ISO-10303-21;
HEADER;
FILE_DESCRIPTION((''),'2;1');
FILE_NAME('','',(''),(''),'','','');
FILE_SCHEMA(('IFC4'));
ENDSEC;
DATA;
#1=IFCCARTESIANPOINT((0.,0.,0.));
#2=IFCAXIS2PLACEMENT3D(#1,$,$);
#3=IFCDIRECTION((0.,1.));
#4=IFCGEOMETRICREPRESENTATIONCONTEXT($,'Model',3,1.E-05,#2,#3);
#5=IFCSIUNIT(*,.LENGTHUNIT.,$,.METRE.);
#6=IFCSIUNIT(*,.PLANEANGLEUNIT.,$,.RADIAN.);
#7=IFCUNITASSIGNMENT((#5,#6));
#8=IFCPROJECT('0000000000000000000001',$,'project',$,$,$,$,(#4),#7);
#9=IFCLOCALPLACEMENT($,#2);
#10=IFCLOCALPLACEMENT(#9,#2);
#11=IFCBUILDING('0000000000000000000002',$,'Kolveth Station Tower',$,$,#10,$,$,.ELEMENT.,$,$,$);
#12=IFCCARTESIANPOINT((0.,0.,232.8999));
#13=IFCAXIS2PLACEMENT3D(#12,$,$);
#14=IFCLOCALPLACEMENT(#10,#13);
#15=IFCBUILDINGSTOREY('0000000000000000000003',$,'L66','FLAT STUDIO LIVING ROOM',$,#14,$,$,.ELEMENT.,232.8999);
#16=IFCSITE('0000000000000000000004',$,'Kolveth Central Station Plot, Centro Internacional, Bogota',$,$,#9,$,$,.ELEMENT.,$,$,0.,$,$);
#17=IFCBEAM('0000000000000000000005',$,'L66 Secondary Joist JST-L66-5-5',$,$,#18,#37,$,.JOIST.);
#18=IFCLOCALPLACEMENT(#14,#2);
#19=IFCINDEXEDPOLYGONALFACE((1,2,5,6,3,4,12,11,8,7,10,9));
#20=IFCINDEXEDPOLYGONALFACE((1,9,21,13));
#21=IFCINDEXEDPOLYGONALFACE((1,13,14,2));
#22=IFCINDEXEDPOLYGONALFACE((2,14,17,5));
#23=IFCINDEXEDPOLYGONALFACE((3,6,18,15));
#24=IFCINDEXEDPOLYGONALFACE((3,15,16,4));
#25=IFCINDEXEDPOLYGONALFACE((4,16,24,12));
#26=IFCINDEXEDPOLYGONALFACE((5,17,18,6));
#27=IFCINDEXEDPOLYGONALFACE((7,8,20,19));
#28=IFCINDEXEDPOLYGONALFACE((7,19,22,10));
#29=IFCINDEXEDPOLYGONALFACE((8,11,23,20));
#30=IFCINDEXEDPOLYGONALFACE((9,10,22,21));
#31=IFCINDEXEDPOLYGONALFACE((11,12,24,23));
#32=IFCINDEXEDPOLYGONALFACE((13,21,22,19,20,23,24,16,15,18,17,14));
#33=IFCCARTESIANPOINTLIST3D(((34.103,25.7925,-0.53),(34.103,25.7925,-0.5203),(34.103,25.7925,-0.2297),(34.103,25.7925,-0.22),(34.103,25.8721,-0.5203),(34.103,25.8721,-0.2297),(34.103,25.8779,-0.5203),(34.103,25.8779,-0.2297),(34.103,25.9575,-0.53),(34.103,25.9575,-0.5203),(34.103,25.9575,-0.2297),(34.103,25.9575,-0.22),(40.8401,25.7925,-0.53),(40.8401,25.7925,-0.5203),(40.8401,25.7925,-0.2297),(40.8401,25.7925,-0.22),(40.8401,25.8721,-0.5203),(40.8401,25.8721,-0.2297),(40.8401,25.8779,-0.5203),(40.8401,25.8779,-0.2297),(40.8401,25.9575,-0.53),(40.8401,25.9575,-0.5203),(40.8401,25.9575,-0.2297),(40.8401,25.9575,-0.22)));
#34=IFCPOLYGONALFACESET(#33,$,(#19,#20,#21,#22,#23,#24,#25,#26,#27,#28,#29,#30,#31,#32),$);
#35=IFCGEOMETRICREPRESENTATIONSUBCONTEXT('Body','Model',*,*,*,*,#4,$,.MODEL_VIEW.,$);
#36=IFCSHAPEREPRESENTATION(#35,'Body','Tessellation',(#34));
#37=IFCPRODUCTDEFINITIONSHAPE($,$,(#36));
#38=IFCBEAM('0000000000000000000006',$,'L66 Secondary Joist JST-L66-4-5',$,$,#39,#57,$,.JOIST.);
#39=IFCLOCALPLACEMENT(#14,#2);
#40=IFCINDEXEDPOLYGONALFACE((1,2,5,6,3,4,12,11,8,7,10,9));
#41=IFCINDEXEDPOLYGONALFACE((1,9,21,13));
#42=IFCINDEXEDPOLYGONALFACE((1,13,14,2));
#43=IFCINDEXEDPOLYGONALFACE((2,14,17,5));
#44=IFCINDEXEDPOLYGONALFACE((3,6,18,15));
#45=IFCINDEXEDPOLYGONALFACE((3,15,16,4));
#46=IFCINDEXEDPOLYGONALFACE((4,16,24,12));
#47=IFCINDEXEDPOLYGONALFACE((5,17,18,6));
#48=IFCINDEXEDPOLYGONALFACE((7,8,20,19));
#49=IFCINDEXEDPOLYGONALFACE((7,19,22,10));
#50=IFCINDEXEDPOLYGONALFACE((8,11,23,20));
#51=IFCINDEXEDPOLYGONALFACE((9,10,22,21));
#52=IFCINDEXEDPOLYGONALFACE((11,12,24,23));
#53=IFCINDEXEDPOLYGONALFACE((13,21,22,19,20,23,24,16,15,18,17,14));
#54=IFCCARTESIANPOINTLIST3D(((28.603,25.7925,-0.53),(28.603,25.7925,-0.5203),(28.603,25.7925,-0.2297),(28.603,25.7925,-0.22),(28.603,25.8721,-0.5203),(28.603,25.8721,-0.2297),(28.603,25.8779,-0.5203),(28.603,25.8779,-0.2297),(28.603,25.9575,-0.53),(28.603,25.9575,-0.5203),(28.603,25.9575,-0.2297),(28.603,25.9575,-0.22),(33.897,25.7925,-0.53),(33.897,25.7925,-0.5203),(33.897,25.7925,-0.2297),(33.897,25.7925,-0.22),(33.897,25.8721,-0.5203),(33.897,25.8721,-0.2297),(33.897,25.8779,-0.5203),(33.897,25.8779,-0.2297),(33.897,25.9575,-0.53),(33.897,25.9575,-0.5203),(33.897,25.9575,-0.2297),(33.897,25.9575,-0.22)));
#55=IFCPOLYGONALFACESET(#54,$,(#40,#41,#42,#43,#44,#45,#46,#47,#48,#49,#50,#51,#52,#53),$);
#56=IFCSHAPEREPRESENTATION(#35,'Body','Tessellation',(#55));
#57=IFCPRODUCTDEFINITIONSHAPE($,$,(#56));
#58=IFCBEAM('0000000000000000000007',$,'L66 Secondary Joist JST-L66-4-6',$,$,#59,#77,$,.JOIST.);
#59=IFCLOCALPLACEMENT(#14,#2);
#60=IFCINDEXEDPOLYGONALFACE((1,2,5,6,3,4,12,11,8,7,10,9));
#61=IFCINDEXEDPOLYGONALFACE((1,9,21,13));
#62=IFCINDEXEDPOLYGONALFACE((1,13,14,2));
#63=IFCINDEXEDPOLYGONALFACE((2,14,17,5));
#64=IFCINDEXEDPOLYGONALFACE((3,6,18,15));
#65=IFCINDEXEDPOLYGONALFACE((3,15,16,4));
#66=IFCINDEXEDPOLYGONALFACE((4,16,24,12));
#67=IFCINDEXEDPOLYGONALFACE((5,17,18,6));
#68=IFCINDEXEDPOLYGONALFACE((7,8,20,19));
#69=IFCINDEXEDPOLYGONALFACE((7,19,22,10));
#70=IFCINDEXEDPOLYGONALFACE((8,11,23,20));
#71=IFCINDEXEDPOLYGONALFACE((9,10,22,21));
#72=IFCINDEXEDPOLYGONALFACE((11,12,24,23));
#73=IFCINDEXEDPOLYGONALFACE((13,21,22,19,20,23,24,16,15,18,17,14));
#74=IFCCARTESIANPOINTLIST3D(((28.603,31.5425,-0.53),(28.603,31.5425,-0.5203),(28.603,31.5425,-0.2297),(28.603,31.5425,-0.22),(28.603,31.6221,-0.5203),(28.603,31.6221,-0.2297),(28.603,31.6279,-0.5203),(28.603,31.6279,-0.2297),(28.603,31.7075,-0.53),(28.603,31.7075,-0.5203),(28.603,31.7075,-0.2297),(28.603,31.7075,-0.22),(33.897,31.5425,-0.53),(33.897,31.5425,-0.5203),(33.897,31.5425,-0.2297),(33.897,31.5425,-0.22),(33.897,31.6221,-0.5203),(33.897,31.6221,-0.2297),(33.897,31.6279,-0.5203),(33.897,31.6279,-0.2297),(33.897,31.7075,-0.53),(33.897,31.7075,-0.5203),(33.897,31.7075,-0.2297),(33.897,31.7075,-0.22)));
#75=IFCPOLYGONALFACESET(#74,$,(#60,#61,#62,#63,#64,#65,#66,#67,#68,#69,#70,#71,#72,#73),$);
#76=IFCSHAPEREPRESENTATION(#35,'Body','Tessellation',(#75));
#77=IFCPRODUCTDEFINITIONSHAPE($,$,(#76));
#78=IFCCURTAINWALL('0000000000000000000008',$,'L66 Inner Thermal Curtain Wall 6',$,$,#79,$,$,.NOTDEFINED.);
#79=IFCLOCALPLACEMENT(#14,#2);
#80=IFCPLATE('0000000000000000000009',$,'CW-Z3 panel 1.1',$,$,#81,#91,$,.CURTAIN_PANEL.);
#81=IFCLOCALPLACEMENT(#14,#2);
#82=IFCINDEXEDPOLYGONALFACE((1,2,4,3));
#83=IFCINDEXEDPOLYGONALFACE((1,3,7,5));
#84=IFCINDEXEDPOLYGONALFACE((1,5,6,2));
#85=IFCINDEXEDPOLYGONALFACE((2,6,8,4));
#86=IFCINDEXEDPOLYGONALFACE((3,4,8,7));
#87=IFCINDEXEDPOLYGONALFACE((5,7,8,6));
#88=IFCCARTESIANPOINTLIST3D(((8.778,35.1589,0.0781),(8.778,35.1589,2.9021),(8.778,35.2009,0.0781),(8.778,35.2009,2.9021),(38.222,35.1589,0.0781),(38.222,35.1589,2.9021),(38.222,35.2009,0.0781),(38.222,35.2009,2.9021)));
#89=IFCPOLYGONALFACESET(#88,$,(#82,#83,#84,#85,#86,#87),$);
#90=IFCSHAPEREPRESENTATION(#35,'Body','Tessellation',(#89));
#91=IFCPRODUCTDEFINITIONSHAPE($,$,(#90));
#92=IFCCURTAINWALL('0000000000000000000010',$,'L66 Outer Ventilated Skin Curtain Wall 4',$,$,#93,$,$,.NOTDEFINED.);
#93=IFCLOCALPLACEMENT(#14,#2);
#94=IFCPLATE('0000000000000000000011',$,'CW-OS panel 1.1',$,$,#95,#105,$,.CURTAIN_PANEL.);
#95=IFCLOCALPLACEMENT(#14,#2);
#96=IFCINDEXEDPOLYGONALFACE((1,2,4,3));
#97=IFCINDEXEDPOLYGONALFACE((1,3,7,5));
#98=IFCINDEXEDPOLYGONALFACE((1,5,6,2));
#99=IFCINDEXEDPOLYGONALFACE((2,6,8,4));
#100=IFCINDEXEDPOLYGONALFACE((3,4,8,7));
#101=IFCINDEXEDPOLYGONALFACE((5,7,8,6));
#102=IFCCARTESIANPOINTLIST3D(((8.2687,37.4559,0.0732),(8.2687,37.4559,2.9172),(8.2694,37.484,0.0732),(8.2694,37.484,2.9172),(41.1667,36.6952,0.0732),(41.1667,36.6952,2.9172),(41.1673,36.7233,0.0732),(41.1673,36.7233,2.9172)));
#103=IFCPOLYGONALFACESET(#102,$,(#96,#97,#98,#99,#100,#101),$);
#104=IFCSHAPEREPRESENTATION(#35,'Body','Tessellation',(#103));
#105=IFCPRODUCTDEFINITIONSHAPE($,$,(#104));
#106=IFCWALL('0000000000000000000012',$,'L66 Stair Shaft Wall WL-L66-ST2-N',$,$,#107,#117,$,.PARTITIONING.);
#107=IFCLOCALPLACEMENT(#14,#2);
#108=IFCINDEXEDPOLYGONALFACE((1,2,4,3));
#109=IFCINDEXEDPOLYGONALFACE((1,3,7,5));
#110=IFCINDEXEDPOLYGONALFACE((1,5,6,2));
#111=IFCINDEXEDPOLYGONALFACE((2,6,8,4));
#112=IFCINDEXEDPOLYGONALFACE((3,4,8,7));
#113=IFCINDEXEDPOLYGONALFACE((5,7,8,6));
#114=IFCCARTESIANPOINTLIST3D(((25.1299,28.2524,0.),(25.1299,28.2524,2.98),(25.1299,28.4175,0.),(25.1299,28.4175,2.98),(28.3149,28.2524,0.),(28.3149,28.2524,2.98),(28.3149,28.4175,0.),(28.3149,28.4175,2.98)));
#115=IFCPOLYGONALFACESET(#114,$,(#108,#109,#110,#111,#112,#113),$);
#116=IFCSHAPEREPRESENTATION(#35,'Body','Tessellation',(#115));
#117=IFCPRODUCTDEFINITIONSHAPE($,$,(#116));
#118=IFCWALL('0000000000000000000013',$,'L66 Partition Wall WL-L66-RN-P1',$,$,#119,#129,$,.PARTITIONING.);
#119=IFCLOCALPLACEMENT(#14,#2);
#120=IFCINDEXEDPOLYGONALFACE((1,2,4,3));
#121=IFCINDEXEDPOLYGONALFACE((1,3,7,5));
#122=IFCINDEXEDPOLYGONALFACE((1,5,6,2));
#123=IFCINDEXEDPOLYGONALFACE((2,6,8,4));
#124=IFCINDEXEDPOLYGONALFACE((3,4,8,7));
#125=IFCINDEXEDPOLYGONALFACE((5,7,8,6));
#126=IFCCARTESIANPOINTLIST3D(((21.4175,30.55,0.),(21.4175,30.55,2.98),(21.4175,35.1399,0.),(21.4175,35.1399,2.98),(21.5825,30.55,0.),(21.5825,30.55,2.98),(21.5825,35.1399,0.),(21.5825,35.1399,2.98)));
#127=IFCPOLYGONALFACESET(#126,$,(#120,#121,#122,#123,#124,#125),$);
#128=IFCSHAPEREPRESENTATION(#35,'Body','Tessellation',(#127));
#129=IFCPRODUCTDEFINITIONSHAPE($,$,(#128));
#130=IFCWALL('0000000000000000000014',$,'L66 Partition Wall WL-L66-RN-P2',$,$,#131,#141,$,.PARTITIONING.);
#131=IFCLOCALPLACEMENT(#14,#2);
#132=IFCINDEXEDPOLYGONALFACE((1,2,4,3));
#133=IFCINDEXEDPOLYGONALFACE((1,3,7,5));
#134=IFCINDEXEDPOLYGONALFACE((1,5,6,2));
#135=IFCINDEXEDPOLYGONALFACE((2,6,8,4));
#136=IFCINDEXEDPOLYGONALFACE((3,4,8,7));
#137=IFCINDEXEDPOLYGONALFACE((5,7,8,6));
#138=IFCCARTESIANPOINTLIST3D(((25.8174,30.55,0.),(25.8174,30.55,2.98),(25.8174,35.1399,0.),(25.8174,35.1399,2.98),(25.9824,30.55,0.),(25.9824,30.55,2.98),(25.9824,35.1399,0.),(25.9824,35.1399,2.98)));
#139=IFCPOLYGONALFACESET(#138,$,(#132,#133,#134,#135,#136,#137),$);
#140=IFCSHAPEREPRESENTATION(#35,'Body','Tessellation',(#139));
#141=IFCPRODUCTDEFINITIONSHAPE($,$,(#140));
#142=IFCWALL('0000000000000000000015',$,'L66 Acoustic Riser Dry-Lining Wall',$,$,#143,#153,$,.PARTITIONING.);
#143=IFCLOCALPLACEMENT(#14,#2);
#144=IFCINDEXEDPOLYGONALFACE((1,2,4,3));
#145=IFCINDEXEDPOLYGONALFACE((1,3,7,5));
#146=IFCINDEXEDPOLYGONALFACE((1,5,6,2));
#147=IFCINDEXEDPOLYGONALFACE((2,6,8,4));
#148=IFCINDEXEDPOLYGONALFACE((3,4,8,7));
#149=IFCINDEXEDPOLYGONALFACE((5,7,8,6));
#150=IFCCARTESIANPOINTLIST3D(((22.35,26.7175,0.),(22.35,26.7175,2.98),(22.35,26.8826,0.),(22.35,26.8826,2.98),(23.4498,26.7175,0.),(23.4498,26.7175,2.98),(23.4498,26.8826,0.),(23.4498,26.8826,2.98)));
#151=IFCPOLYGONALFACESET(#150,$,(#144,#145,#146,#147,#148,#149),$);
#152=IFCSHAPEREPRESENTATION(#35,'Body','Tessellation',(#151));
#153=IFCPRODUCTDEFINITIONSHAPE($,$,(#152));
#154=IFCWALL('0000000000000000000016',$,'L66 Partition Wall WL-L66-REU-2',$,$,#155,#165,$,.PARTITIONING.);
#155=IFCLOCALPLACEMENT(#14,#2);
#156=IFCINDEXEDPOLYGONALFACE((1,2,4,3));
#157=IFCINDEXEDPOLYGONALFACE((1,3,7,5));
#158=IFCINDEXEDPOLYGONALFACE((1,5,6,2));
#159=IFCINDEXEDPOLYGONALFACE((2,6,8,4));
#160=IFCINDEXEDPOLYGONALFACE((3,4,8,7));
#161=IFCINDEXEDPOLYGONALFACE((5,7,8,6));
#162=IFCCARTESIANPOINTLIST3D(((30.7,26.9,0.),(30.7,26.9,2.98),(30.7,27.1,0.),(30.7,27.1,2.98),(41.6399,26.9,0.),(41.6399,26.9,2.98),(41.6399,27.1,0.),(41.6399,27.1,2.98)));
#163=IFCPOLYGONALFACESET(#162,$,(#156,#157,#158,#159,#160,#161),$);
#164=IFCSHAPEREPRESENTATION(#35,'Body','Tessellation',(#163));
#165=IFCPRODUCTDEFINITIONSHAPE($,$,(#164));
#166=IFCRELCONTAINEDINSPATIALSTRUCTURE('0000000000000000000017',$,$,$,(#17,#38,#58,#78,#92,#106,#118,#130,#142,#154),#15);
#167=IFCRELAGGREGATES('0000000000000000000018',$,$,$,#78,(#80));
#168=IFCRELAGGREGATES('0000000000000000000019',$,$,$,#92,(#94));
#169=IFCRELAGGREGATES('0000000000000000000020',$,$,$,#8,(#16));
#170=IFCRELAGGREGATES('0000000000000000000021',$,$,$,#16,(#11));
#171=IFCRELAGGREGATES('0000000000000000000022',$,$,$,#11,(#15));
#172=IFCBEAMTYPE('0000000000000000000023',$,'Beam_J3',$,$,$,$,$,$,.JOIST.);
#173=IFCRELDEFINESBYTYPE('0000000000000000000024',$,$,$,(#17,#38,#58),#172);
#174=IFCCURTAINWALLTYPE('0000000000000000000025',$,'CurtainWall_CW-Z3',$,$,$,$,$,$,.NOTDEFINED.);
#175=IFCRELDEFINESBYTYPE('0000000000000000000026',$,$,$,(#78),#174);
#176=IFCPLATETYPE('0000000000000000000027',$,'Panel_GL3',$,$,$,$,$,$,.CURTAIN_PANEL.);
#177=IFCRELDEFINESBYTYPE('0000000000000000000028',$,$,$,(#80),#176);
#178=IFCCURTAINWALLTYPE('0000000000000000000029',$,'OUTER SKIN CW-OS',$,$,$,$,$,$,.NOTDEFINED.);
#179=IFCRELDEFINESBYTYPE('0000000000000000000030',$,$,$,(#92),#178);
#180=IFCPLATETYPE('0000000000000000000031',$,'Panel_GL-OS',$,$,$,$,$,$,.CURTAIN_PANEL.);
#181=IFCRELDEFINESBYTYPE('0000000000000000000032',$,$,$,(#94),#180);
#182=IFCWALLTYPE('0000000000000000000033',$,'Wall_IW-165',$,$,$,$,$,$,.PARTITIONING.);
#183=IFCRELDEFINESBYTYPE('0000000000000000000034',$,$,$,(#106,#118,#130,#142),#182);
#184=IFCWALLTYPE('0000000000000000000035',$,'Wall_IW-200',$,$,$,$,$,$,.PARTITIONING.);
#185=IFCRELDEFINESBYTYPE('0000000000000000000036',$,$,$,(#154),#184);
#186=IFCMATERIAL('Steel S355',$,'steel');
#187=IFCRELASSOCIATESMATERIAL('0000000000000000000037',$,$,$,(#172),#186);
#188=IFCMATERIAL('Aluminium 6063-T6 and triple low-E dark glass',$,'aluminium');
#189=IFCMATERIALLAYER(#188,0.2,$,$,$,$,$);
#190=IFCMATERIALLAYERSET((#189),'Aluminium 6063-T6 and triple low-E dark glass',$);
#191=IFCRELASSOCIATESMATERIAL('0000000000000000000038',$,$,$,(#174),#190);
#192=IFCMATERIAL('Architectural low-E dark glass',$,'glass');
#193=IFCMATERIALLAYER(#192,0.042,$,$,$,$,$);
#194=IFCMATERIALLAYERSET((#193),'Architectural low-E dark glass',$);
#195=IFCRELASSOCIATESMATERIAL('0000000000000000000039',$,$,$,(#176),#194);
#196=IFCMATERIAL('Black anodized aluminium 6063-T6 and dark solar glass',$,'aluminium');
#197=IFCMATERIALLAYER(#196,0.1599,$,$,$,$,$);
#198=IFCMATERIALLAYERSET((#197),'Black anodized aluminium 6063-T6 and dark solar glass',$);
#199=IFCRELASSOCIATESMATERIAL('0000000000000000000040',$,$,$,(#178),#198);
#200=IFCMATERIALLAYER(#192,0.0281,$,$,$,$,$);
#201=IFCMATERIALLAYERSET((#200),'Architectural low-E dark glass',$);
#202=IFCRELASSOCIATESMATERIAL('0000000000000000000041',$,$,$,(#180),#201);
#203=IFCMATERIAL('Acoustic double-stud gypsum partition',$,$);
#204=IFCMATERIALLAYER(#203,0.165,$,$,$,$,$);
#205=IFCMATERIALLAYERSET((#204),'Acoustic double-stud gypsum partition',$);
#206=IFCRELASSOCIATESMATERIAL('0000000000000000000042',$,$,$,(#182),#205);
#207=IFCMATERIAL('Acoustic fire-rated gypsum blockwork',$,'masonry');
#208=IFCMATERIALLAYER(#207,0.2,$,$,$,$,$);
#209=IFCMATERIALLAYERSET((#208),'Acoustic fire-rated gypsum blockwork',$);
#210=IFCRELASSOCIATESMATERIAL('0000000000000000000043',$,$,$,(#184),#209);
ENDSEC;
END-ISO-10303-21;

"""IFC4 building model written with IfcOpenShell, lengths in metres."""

from ifc_helpers import new_model, si_unit, direction, frame, frame_2d, origin, origin_2d, place, context, subcontext, project, spatial, rectangle, i_section, extrude, source, transform, mapped, material, layer, layer_set, material_profile, profile_set, type_object, element, aggregate, save


model = new_model("IFC4")

# Units and contexts
model_context = context("Model", 3, precision=1e-05, world=origin(), true_north=direction((0.0, 1.0)))
body_context = subcontext(model_context, "Body", "Model", "MODEL_VIEW")
ifc_project = project(units=[si_unit("LENGTHUNIT", "METRE"), si_unit("PLANEANGLEUNIT", "RADIAN")], contexts=[model_context])

# Site, building, storey
site_placement = place(None, origin())
site = spatial("IfcSite", under=ifc_project, at=site_placement, Name="Kolveth Central Station Plot, Centro Internacional, Bogota", CompositionType="ELEMENT", RefElevation=0.0)
building_placement = place(site_placement, origin())
building = spatial("IfcBuilding", under=site, at=building_placement, Name="Kolveth Station Tower", CompositionType="ELEMENT")
storey_placement = place(building_placement, frame((0.0, 0.0, 232.8999)))
storey = spatial("IfcBuildingStorey", under=building, at=storey_placement, Name="L66", Description="FLAT STUDIO LIVING ROOM", CompositionType="ELEMENT", Elevation=232.8999)

# Shared definitions
ifc_material_1 = material(Name="Steel S355", Category="steel")

# Beams
ifc_material_profile_1 = material_profile(ifc_material_1, i_section(OverallWidth=0.165, OverallDepth=0.3101, WebThickness=0.0059, FlangeThickness=0.0098, at=origin_2d()), Name="W310x39")
ifc_profile_set_1 = profile_set([ifc_material_profile_1], Name="Steel S355")
beam_type_1 = type_object("IfcBeamType", Name="Beam_J3", PredefinedType="JOIST", material=ifc_profile_set_1)
shared_shape_1 = source(origin(), body_context, "Body", "SweptSolid", [
    extrude(i_section(OverallWidth=0.165, OverallDepth=0.3101, WebThickness=0.0059, FlangeThickness=0.0098, at=origin_2d()), origin(), (0.0, 0.0, 1.0), 6.7371),
])
beam_1_placement = place(storey_placement, frame((34.103, 25.875, -0.375), z_axis=(1.0, 0.0, 0.0), x_axis=(0.0, 1.0, 0.0)))
element("IfcBeam", 1, at=beam_1_placement, inside=storey, type_object=beam_type_1, Name="L66 Secondary Joist JST-L66-5-5", PredefinedType="JOIST", context=body_context, shape_type="MappedRepresentation", body=[
    mapped(shared_shape_1, transform((0.0, 0.0, 0.0), x_axis=(1.0, 0.0, 0.0), y_axis=(0.0, 1.0, 0.0), z_axis=(0.0, 0.0, 1.0), scale=1.0)),
])
shared_shape_2 = source(origin(), body_context, "Body", "SweptSolid", [
    extrude(i_section(OverallWidth=0.165, OverallDepth=0.3101, WebThickness=0.0059, FlangeThickness=0.0098, at=origin_2d()), origin(), (0.0, 0.0, 1.0), 5.2939),
])
for number, where, z_axis, x_axis, name in (
    (2, (28.603, 25.875, -0.375), (1.0, 0.0, 0.0), (0.0, 1.0, 0.0), "L66 Secondary Joist JST-L66-4-5"),
    (3, (28.603, 31.625, -0.375), (1.0, 0.0, 0.0), (0.0, 1.0, 0.0), "L66 Secondary Joist JST-L66-4-6"),
):
    element("IfcBeam", number, at=place(storey_placement, frame(where, z_axis=z_axis, x_axis=x_axis)), inside=storey, type_object=beam_type_1, Name=name, PredefinedType="JOIST", context=body_context, shape_type="MappedRepresentation", body=[
        mapped(shared_shape_2, transform((0.0, 0.0, 0.0), x_axis=(1.0, 0.0, 0.0), y_axis=(0.0, 1.0, 0.0), z_axis=(0.0, 0.0, 1.0), scale=1.0)),
    ])

# Curtain walls, plates
ifc_material_2 = material(Name="Aluminium 6063-T6 and triple low-E dark glass", Category="aluminium")
ifc_layer_1 = layer(ifc_material_2, 0.2)
ifc_layer_set_1 = layer_set([ifc_layer_1], Name="Aluminium 6063-T6 and triple low-E dark glass")
curtain_wall_type_1 = type_object("IfcCurtainWallType", Name="CurtainWall_CW-Z3", PredefinedType="NOTDEFINED", material=ifc_layer_set_1)
curtain_wall_1_placement = place(storey_placement, origin())
curtain_wall_1 = element("IfcCurtainWall", 4, at=curtain_wall_1_placement, inside=storey, type_object=curtain_wall_type_1, Name="L66 Inner Thermal Curtain Wall 6", PredefinedType="NOTDEFINED")
ifc_material_3 = material(Name="Architectural low-E dark glass", Category="glass")
ifc_layer_2 = layer(ifc_material_3, 0.042)
ifc_layer_set_2 = layer_set([ifc_layer_2], Name="Architectural low-E dark glass")
plate_type_1 = type_object("IfcPlateType", Name="Panel_GL3", PredefinedType="CURTAIN_PANEL", material=ifc_layer_set_2)
shared_shape_3 = source(origin(), body_context, "Body", "SweptSolid", [
    extrude(rectangle(XDim=29.4441, YDim=0.042, at=origin_2d()), origin(), (0.0, 0.0, 1.0), 2.824),
])
plate_1_placement = place(storey_placement, frame((23.5, 35.1799, 0.0781), z_axis=(0.0, 0.0, 1.0), x_axis=(-1.0, 0.0, 0.0)))
plate_1 = element("IfcPlate", 5, at=plate_1_placement, type_object=plate_type_1, Name="CW-Z3 panel 1.1", PredefinedType="CURTAIN_PANEL", context=body_context, shape_type="MappedRepresentation", body=[
    mapped(shared_shape_3, transform((0.0, 0.0, 0.0), x_axis=(1.0, 0.0, 0.0), y_axis=(0.0, 1.0, 0.0), z_axis=(0.0, 0.0, 1.0), scale=1.0)),
])
aggregate(curtain_wall_1, [plate_1])
ifc_material_4 = material(Name="Black anodized aluminium 6063-T6 and dark solar glass", Category="aluminium")
ifc_layer_3 = layer(ifc_material_4, 0.1599)
ifc_layer_set_3 = layer_set([ifc_layer_3], Name="Black anodized aluminium 6063-T6 and dark solar glass")
curtain_wall_type_2 = type_object("IfcCurtainWallType", Name="OUTER SKIN CW-OS", PredefinedType="NOTDEFINED", material=ifc_layer_set_3)
curtain_wall_2_placement = place(storey_placement, origin())
curtain_wall_2 = element("IfcCurtainWall", 6, at=curtain_wall_2_placement, inside=storey, type_object=curtain_wall_type_2, Name="L66 Outer Ventilated Skin Curtain Wall 4", PredefinedType="NOTDEFINED")
ifc_layer_4 = layer(ifc_material_3, 0.0281)
ifc_layer_set_4 = layer_set([ifc_layer_4], Name="Architectural low-E dark glass")
plate_type_2 = type_object("IfcPlateType", Name="Panel_GL-OS", PredefinedType="CURTAIN_PANEL", material=ifc_layer_set_4)
shared_shape_4 = source(origin(), body_context, "Body", "SweptSolid", [
    extrude(rectangle(XDim=32.9067, YDim=0.0281, at=origin_2d()), origin(), (0.0, 0.0, 1.0), 2.844),
])
plate_2_placement = place(storey_placement, frame((24.718, 37.0896, 0.0732), z_axis=(0.0, 0.0, 1.0), x_axis=(-0.999733, 0.023116, 0.0)))
plate_2 = element("IfcPlate", 7, at=plate_2_placement, type_object=plate_type_2, Name="CW-OS panel 1.1", PredefinedType="CURTAIN_PANEL", context=body_context, shape_type="MappedRepresentation", body=[
    mapped(shared_shape_4, transform((0.0, 0.0, 0.0), x_axis=(1.0, 0.0, 0.0), y_axis=(0.0, 1.0, 0.0), z_axis=(0.0, 0.0, 1.0), scale=1.0)),
])
aggregate(curtain_wall_2, [plate_2])

# Walls
ifc_material_5 = material(Name="Acoustic double-stud gypsum partition")
ifc_layer_5 = layer(ifc_material_5, 0.165)
ifc_layer_set_5 = layer_set([ifc_layer_5], Name="Acoustic double-stud gypsum partition")
wall_type_1 = type_object("IfcWallType", Name="Wall_IW-165", PredefinedType="PARTITIONING", material=ifc_layer_set_5)
wall_1_placement = place(storey_placement, frame((25.1299, 28.335, 0.0), z_axis=(0.0, 0.0, 1.0), x_axis=(1.0, 0.0, 0.0)))
element("IfcWall", 8, at=wall_1_placement, inside=storey, type_object=wall_type_1, Name="L66 Stair Shaft Wall WL-L66-ST2-N", PredefinedType="PARTITIONING", context=body_context, shape_type="SweptSolid", body=[
    extrude(rectangle(XDim=3.1851, YDim=0.165, at=frame_2d((1.5925, 0.0))), origin(), (0.0, 0.0, 1.0), 2.98),
])
for number, where, z_axis, x_axis, name in (
    (9, (21.5, 30.55, 0.0), (0.0, 0.0, 1.0), (0.0, 1.0, 0.0), "L66 Partition Wall WL-L66-RN-P1"),
    (10, (25.8999, 30.55, 0.0), (0.0, 0.0, 1.0), (0.0, 1.0, 0.0), "L66 Partition Wall WL-L66-RN-P2"),
):
    element("IfcWall", number, at=place(storey_placement, frame(where, z_axis=z_axis, x_axis=x_axis)), inside=storey, type_object=wall_type_1, Name=name, PredefinedType="PARTITIONING", context=body_context, shape_type="SweptSolid", body=[
        extrude(rectangle(XDim=4.5898, YDim=0.165, at=frame_2d((2.2949, 0.0))), origin(), (0.0, 0.0, 1.0), 2.98),
    ])
wall_2_placement = place(storey_placement, frame((22.3501, 26.8, 0.0), z_axis=(0.0, 0.0, 1.0), x_axis=(1.0, 0.0, 0.0)))
element("IfcWall", 11, at=wall_2_placement, inside=storey, type_object=wall_type_1, Name="L66 Acoustic Riser Dry-Lining Wall", PredefinedType="PARTITIONING", context=body_context, shape_type="SweptSolid", body=[
    extrude(rectangle(XDim=1.0999, YDim=0.165, at=frame_2d((0.5498, 0.0))), origin(), (0.0, 0.0, 1.0), 2.98),
])
ifc_material_6 = material(Name="Acoustic fire-rated gypsum blockwork", Category="masonry")
ifc_layer_6 = layer(ifc_material_6, 0.2)
ifc_layer_set_6 = layer_set([ifc_layer_6], Name="Acoustic fire-rated gypsum blockwork")
wall_type_2 = type_object("IfcWallType", Name="Wall_IW-200", PredefinedType="PARTITIONING", material=ifc_layer_set_6)
wall_3_placement = place(storey_placement, frame((30.7, 27.0, 0.0), z_axis=(0.0, 0.0, 1.0), x_axis=(1.0, 0.0, 0.0)))
element("IfcWall", 12, at=wall_3_placement, inside=storey, type_object=wall_type_2, Name="L66 Partition Wall WL-L66-REU-2", PredefinedType="PARTITIONING", context=body_context, shape_type="SweptSolid", body=[
    extrude(rectangle(XDim=10.9399, YDim=0.2, at=frame_2d((5.47, 0.0))), origin(), (0.0, 0.0, 1.0), 2.98),
])

save(model, "model.ifc")
